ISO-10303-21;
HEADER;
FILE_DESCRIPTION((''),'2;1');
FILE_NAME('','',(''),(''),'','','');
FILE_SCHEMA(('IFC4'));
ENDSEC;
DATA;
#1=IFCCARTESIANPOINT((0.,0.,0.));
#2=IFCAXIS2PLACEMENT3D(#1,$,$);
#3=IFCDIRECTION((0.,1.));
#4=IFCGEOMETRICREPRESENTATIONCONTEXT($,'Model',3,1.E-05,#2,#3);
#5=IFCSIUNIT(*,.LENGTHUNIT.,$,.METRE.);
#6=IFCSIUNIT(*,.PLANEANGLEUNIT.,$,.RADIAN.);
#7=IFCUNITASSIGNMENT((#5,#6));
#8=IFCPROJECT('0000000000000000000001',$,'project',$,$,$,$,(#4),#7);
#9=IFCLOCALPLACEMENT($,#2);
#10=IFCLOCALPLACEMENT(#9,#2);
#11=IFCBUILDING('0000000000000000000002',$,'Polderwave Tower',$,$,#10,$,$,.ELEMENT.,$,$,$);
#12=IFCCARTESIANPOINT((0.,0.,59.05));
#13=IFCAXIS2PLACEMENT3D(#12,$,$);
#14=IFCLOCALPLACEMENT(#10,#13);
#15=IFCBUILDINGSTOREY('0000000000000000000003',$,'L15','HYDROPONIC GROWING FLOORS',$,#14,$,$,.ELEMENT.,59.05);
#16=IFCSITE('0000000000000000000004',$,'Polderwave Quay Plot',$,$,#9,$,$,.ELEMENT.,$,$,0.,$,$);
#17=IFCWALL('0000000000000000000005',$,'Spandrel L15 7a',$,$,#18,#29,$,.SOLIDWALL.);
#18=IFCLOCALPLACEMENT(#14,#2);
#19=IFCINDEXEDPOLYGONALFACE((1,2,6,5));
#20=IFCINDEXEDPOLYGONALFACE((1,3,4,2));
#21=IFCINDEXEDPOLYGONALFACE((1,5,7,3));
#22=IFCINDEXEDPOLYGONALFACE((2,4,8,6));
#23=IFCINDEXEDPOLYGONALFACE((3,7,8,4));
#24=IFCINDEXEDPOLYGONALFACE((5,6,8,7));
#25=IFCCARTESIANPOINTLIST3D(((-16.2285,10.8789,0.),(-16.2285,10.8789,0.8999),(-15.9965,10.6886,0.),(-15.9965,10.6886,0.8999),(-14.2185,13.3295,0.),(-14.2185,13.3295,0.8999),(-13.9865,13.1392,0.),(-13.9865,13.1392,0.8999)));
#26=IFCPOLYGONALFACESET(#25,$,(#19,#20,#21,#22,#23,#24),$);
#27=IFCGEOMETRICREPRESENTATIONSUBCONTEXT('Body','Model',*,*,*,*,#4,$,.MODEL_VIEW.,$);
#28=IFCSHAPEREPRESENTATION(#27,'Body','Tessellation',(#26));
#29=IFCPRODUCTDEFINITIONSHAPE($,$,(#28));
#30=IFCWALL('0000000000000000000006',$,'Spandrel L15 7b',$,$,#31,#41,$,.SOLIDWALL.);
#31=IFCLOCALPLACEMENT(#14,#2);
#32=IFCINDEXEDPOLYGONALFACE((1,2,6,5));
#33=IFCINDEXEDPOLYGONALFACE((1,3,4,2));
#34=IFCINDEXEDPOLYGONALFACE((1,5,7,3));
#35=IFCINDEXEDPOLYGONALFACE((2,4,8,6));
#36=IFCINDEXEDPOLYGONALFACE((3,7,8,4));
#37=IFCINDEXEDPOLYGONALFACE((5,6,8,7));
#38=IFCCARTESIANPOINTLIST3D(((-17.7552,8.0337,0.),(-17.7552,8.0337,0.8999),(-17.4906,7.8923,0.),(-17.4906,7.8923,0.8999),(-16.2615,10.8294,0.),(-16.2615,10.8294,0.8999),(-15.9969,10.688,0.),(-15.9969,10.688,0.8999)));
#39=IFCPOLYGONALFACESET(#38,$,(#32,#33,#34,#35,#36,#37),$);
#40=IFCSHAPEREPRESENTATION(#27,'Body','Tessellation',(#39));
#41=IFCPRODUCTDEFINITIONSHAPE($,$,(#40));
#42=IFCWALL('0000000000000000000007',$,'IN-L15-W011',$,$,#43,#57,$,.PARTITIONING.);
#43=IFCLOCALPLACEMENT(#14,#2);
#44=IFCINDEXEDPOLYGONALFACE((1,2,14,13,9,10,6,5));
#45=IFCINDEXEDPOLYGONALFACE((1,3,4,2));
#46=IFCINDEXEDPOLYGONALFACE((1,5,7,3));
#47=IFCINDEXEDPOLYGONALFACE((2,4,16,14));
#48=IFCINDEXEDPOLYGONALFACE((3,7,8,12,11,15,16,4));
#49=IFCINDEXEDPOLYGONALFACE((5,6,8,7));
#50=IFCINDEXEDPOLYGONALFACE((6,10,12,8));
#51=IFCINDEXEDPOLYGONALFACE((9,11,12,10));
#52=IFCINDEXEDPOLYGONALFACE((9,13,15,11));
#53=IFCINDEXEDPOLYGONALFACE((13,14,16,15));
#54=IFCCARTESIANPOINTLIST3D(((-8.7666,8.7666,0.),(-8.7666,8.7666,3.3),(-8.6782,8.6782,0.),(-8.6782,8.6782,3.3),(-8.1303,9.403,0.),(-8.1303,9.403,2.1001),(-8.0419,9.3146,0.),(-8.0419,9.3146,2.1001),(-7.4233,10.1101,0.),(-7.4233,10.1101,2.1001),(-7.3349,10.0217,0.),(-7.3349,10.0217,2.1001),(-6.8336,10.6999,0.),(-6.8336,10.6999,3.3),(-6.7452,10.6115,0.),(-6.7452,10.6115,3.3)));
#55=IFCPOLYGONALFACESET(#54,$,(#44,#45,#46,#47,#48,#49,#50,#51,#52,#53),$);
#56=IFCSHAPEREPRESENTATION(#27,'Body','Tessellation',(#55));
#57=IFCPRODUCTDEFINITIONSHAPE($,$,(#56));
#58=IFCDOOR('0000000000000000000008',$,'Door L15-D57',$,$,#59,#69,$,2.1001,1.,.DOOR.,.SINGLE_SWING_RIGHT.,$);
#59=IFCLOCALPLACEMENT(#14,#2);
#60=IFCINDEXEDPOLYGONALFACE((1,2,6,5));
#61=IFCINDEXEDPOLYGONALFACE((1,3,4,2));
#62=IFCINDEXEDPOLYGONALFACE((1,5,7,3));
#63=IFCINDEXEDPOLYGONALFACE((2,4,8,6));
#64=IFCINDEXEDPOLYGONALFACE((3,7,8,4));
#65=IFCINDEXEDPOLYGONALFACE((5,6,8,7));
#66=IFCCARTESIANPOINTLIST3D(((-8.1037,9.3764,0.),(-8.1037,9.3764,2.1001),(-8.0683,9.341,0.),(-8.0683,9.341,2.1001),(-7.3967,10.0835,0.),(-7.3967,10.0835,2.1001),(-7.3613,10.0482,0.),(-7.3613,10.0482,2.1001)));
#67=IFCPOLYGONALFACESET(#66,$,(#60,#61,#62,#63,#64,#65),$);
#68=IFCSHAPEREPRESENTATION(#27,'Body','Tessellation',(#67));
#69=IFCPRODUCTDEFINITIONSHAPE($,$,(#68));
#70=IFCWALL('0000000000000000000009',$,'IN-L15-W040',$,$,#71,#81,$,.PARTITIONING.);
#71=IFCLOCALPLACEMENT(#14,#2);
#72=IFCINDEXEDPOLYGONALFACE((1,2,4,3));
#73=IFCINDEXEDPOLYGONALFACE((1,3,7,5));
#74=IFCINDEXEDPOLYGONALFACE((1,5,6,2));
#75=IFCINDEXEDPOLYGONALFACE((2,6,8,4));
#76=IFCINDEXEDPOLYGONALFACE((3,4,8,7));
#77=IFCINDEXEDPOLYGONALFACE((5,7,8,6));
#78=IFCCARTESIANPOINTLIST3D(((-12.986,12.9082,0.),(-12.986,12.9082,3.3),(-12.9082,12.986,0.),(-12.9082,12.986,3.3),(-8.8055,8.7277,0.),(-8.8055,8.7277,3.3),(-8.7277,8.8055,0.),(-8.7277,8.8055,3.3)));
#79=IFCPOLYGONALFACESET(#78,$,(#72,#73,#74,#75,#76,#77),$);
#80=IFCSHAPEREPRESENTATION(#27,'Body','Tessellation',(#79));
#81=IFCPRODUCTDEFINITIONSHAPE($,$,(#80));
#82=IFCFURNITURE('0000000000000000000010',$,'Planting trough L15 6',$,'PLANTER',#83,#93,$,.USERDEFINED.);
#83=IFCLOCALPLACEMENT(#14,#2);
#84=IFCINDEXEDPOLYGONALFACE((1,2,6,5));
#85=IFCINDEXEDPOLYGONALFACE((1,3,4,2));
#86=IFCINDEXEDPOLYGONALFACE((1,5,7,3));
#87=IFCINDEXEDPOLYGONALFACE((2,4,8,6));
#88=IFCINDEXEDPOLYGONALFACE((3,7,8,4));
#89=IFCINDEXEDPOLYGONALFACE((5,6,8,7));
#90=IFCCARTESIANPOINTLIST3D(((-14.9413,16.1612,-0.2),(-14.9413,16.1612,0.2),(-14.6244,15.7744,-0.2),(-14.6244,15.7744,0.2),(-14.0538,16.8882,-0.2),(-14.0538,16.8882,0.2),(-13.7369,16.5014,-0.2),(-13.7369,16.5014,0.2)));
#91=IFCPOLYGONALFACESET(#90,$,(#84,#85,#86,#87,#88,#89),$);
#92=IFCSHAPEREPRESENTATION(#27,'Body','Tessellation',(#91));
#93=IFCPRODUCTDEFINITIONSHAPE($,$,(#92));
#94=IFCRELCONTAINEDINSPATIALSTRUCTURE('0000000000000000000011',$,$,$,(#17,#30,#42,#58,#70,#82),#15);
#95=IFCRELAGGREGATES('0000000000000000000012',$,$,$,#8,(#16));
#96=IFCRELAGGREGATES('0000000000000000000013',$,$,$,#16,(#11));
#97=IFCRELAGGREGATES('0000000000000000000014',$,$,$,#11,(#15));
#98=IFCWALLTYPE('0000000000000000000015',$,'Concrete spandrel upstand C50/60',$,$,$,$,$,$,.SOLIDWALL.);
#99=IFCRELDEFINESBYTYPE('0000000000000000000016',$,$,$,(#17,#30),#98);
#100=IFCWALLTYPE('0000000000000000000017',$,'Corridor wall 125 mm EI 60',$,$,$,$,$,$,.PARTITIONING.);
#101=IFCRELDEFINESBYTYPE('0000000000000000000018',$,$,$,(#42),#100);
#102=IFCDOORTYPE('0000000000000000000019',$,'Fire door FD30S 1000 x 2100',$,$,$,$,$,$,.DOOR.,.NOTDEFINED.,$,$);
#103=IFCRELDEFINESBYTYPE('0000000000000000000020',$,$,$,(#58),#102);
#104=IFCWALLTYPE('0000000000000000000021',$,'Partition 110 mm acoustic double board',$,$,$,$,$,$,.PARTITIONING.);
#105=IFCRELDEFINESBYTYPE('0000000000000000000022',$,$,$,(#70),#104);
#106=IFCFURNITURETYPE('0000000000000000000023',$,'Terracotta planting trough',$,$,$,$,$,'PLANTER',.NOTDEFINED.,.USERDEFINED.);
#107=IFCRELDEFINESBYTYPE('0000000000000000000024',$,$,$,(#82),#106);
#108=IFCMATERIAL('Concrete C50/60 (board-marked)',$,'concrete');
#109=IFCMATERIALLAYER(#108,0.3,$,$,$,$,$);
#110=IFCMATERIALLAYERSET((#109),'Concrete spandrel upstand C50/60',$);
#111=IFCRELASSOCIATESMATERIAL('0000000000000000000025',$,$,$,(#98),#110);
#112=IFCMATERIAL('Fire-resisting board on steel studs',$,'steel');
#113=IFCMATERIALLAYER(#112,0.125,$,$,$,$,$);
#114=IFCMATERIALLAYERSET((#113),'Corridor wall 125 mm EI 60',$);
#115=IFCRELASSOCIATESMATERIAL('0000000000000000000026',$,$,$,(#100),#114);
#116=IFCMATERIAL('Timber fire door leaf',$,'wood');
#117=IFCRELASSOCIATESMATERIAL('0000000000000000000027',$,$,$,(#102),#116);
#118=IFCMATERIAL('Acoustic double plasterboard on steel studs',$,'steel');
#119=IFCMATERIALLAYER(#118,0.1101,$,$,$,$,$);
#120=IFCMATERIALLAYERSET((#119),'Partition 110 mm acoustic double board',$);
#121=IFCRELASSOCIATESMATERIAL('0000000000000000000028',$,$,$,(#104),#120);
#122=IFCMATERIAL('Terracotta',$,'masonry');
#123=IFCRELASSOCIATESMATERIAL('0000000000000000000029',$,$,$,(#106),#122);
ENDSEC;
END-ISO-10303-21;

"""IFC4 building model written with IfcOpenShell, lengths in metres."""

from ifc_helpers import new_model, si_unit, direction, frame, frame_2d, origin, origin_2d, place, context, subcontext, project, spatial, rectangle, extrude, material, layer, layer_set, type_object, element, fill, save


model = new_model("IFC4")

# Units and contexts
model_context = context("Model", 3, precision=1e-05, world=origin(), true_north=direction((0.0, 1.0)))
body_context = subcontext(model_context, "Body", "Model", "MODEL_VIEW")
ifc_project = project(units=[si_unit("LENGTHUNIT", "METRE"), si_unit("PLANEANGLEUNIT", "RADIAN")], contexts=[model_context])

# Site, building, storey
site_placement = place(None, origin())
site = spatial("IfcSite", under=ifc_project, at=site_placement, Name="Polderwave Quay Plot", CompositionType="ELEMENT", RefElevation=0.0)
building_placement = place(site_placement, origin())
building = spatial("IfcBuilding", under=site, at=building_placement, Name="Polderwave Tower", CompositionType="ELEMENT")
storey_placement = place(building_placement, frame((0.0, 0.0, 59.05)))
storey = spatial("IfcBuildingStorey", under=building, at=storey_placement, Name="L15", Description="HYDROPONIC GROWING FLOORS", CompositionType="ELEMENT", Elevation=59.05)

# Walls
ifc_material_1 = material(Name="Concrete C50/60 (board-marked)", Category="concrete")
ifc_layer_1 = layer(ifc_material_1, 0.3)
ifc_layer_set_1 = layer_set([ifc_layer_1], Name="Concrete spandrel upstand C50/60")
wall_type_1 = type_object("IfcWallType", Name="Concrete spandrel upstand C50/60", PredefinedType="SOLIDWALL", material=ifc_layer_set_1)
for number, where, z_axis, x_axis, name in (
    (1, (-14.1025, 13.2344, 0.0), (0.0, 0.0, 1.0), (-0.634164, -0.773198, 0.0), "Spandrel L15 7a"),
):
    element("IfcWall", number, at=place(storey_placement, frame(where, z_axis=z_axis, x_axis=x_axis)), inside=storey, type_object=wall_type_1, Name=name, PredefinedType="SOLIDWALL", context=body_context, shape_type="SweptSolid", body=[
        extrude(rectangle(XDim=3.1694, YDim=0.3, at=frame_2d((1.5847, 0.0))), origin(), (0.0, 0.0, 1.0), 0.8999),
    ])
wall_1_placement = place(storey_placement, frame((-16.1292, 10.7588, 0.0), z_axis=(0.0, 0.0, 1.0), x_axis=(-0.471236, -0.882007, 0.0)))
element("IfcWall", 2, at=wall_1_placement, inside=storey, type_object=wall_type_1, Name="Spandrel L15 7b", PredefinedType="SOLIDWALL", context=body_context, shape_type="SweptSolid", body=[
    extrude(rectangle(XDim=3.1697, YDim=0.3, at=frame_2d((1.585, 0.0))), origin(), (0.0, 0.0, 1.0), 0.8999),
])

# Wall, opening, door
ifc_material_2 = material(Name="Fire-resisting board on steel studs", Category="steel")
ifc_layer_2 = layer(ifc_material_2, 0.125)
ifc_layer_set_2 = layer_set([ifc_layer_2], Name="Corridor wall 125 mm EI 60")
wall_type_2 = type_object("IfcWallType", Name="Corridor wall 125 mm EI 60", PredefinedType="PARTITIONING", material=ifc_layer_set_2)
wall_2_placement = place(storey_placement, frame((-8.7224, 8.7224, 0.0), z_axis=(0.0, 0.0, 1.0), x_axis=(0.707062, 0.707151, 0.0)))
wall_2 = element("IfcWall", 3, at=wall_2_placement, inside=storey, type_object=wall_type_2, Name="IN-L15-W011", PredefinedType="PARTITIONING", context=body_context, shape_type="SweptSolid", body=[
    extrude(rectangle(XDim=2.7339, YDim=0.125, at=frame_2d((1.3669, 0.0))), origin(), (0.0, 0.0, 1.0), 3.3),
])
opening_placement = place(wall_2_placement, frame((0.8999, 0.0, 0.0)))
opening = element("IfcOpeningElement", 4, at=opening_placement, cuts=wall_2, PredefinedType="OPENING", context=body_context, shape_type="SweptSolid", body=[
    extrude(rectangle(XDim=1.0, YDim=2.1001, at=frame_2d((0.5, 1.05))), frame((0.0, 0.0725, 0.0), z_axis=(0.0, -1.0, 0.0), x_axis=(1.0, 0.0, 0.0)), (0.0, 0.0, 1.0), 0.145),
])
ifc_material_3 = material(Name="Timber fire door leaf", Category="wood")
door_type = type_object("IfcDoorType", Name="Fire door FD30S 1000 x 2100", OperationType="NOTDEFINED", PredefinedType="DOOR", material=ifc_material_3)
door_placement = place(opening_placement, origin())
door = element("IfcDoor", 5, at=door_placement, inside=storey, type_object=door_type, Name="Door L15-D57", OperationType="SINGLE_SWING_RIGHT", OverallHeight=2.1001, OverallWidth=1.0, PredefinedType="DOOR", context=body_context, shape_type="SweptSolid", body=[
    extrude(rectangle(XDim=1.0, YDim=2.1001, at=frame_2d((0.5, 1.05))), frame((0.0, 0.0249, 0.0), z_axis=(0.0, -1.0, 0.0), x_axis=(1.0, 0.0, 0.0)), (0.0, 0.0, 1.0), 0.05),
])
fill(opening, door)

# Wall
ifc_material_4 = material(Name="Acoustic double plasterboard on steel studs", Category="steel")
ifc_layer_3 = layer(ifc_material_4, 0.1101)
ifc_layer_set_3 = layer_set([ifc_layer_3], Name="Partition 110 mm acoustic double board")
wall_type_3 = type_object("IfcWallType", Name="Partition 110 mm acoustic double board", PredefinedType="PARTITIONING", material=ifc_layer_set_3)
wall_3_placement = place(storey_placement, frame((-8.7666, 8.7666, 0.0), z_axis=(0.0, 0.0, 1.0), x_axis=(-0.707107, 0.707107, 0.0)))
element("IfcWall", 6, at=wall_3_placement, inside=storey, type_object=wall_type_3, Name="IN-L15-W040", PredefinedType="PARTITIONING", context=body_context, shape_type="SweptSolid", body=[
    extrude(rectangle(XDim=5.9121, YDim=0.1101, at=frame_2d((2.9561, 0.0))), origin(), (0.0, 0.0, 1.0), 3.3),
])

# Furniture
ifc_material_5 = material(Name="Terracotta", Category="masonry")
furniture_type = type_object("IfcFurnitureType", Name="Terracotta planting trough", ElementType="PLANTER", AssemblyPlace="NOTDEFINED", PredefinedType="USERDEFINED", material=ifc_material_5)
furniture_placement = place(storey_placement, frame((-14.3391, 16.3313, -0.2), z_axis=(0.0, 0.0, 1.0), x_axis=(-0.773608, -0.633664, 0.0)))
element("IfcFurniture", 7, at=furniture_placement, inside=storey, type_object=furniture_type, Name="Planting trough L15 6", ObjectType="PLANTER", PredefinedType="USERDEFINED", context=body_context, shape_type="SweptSolid", body=[
    extrude(rectangle(XDim=1.1472, YDim=0.5, at=origin_2d()), origin(), (0.0, 0.0, 1.0), 0.3999),
])

save(model, "model.ifc")
